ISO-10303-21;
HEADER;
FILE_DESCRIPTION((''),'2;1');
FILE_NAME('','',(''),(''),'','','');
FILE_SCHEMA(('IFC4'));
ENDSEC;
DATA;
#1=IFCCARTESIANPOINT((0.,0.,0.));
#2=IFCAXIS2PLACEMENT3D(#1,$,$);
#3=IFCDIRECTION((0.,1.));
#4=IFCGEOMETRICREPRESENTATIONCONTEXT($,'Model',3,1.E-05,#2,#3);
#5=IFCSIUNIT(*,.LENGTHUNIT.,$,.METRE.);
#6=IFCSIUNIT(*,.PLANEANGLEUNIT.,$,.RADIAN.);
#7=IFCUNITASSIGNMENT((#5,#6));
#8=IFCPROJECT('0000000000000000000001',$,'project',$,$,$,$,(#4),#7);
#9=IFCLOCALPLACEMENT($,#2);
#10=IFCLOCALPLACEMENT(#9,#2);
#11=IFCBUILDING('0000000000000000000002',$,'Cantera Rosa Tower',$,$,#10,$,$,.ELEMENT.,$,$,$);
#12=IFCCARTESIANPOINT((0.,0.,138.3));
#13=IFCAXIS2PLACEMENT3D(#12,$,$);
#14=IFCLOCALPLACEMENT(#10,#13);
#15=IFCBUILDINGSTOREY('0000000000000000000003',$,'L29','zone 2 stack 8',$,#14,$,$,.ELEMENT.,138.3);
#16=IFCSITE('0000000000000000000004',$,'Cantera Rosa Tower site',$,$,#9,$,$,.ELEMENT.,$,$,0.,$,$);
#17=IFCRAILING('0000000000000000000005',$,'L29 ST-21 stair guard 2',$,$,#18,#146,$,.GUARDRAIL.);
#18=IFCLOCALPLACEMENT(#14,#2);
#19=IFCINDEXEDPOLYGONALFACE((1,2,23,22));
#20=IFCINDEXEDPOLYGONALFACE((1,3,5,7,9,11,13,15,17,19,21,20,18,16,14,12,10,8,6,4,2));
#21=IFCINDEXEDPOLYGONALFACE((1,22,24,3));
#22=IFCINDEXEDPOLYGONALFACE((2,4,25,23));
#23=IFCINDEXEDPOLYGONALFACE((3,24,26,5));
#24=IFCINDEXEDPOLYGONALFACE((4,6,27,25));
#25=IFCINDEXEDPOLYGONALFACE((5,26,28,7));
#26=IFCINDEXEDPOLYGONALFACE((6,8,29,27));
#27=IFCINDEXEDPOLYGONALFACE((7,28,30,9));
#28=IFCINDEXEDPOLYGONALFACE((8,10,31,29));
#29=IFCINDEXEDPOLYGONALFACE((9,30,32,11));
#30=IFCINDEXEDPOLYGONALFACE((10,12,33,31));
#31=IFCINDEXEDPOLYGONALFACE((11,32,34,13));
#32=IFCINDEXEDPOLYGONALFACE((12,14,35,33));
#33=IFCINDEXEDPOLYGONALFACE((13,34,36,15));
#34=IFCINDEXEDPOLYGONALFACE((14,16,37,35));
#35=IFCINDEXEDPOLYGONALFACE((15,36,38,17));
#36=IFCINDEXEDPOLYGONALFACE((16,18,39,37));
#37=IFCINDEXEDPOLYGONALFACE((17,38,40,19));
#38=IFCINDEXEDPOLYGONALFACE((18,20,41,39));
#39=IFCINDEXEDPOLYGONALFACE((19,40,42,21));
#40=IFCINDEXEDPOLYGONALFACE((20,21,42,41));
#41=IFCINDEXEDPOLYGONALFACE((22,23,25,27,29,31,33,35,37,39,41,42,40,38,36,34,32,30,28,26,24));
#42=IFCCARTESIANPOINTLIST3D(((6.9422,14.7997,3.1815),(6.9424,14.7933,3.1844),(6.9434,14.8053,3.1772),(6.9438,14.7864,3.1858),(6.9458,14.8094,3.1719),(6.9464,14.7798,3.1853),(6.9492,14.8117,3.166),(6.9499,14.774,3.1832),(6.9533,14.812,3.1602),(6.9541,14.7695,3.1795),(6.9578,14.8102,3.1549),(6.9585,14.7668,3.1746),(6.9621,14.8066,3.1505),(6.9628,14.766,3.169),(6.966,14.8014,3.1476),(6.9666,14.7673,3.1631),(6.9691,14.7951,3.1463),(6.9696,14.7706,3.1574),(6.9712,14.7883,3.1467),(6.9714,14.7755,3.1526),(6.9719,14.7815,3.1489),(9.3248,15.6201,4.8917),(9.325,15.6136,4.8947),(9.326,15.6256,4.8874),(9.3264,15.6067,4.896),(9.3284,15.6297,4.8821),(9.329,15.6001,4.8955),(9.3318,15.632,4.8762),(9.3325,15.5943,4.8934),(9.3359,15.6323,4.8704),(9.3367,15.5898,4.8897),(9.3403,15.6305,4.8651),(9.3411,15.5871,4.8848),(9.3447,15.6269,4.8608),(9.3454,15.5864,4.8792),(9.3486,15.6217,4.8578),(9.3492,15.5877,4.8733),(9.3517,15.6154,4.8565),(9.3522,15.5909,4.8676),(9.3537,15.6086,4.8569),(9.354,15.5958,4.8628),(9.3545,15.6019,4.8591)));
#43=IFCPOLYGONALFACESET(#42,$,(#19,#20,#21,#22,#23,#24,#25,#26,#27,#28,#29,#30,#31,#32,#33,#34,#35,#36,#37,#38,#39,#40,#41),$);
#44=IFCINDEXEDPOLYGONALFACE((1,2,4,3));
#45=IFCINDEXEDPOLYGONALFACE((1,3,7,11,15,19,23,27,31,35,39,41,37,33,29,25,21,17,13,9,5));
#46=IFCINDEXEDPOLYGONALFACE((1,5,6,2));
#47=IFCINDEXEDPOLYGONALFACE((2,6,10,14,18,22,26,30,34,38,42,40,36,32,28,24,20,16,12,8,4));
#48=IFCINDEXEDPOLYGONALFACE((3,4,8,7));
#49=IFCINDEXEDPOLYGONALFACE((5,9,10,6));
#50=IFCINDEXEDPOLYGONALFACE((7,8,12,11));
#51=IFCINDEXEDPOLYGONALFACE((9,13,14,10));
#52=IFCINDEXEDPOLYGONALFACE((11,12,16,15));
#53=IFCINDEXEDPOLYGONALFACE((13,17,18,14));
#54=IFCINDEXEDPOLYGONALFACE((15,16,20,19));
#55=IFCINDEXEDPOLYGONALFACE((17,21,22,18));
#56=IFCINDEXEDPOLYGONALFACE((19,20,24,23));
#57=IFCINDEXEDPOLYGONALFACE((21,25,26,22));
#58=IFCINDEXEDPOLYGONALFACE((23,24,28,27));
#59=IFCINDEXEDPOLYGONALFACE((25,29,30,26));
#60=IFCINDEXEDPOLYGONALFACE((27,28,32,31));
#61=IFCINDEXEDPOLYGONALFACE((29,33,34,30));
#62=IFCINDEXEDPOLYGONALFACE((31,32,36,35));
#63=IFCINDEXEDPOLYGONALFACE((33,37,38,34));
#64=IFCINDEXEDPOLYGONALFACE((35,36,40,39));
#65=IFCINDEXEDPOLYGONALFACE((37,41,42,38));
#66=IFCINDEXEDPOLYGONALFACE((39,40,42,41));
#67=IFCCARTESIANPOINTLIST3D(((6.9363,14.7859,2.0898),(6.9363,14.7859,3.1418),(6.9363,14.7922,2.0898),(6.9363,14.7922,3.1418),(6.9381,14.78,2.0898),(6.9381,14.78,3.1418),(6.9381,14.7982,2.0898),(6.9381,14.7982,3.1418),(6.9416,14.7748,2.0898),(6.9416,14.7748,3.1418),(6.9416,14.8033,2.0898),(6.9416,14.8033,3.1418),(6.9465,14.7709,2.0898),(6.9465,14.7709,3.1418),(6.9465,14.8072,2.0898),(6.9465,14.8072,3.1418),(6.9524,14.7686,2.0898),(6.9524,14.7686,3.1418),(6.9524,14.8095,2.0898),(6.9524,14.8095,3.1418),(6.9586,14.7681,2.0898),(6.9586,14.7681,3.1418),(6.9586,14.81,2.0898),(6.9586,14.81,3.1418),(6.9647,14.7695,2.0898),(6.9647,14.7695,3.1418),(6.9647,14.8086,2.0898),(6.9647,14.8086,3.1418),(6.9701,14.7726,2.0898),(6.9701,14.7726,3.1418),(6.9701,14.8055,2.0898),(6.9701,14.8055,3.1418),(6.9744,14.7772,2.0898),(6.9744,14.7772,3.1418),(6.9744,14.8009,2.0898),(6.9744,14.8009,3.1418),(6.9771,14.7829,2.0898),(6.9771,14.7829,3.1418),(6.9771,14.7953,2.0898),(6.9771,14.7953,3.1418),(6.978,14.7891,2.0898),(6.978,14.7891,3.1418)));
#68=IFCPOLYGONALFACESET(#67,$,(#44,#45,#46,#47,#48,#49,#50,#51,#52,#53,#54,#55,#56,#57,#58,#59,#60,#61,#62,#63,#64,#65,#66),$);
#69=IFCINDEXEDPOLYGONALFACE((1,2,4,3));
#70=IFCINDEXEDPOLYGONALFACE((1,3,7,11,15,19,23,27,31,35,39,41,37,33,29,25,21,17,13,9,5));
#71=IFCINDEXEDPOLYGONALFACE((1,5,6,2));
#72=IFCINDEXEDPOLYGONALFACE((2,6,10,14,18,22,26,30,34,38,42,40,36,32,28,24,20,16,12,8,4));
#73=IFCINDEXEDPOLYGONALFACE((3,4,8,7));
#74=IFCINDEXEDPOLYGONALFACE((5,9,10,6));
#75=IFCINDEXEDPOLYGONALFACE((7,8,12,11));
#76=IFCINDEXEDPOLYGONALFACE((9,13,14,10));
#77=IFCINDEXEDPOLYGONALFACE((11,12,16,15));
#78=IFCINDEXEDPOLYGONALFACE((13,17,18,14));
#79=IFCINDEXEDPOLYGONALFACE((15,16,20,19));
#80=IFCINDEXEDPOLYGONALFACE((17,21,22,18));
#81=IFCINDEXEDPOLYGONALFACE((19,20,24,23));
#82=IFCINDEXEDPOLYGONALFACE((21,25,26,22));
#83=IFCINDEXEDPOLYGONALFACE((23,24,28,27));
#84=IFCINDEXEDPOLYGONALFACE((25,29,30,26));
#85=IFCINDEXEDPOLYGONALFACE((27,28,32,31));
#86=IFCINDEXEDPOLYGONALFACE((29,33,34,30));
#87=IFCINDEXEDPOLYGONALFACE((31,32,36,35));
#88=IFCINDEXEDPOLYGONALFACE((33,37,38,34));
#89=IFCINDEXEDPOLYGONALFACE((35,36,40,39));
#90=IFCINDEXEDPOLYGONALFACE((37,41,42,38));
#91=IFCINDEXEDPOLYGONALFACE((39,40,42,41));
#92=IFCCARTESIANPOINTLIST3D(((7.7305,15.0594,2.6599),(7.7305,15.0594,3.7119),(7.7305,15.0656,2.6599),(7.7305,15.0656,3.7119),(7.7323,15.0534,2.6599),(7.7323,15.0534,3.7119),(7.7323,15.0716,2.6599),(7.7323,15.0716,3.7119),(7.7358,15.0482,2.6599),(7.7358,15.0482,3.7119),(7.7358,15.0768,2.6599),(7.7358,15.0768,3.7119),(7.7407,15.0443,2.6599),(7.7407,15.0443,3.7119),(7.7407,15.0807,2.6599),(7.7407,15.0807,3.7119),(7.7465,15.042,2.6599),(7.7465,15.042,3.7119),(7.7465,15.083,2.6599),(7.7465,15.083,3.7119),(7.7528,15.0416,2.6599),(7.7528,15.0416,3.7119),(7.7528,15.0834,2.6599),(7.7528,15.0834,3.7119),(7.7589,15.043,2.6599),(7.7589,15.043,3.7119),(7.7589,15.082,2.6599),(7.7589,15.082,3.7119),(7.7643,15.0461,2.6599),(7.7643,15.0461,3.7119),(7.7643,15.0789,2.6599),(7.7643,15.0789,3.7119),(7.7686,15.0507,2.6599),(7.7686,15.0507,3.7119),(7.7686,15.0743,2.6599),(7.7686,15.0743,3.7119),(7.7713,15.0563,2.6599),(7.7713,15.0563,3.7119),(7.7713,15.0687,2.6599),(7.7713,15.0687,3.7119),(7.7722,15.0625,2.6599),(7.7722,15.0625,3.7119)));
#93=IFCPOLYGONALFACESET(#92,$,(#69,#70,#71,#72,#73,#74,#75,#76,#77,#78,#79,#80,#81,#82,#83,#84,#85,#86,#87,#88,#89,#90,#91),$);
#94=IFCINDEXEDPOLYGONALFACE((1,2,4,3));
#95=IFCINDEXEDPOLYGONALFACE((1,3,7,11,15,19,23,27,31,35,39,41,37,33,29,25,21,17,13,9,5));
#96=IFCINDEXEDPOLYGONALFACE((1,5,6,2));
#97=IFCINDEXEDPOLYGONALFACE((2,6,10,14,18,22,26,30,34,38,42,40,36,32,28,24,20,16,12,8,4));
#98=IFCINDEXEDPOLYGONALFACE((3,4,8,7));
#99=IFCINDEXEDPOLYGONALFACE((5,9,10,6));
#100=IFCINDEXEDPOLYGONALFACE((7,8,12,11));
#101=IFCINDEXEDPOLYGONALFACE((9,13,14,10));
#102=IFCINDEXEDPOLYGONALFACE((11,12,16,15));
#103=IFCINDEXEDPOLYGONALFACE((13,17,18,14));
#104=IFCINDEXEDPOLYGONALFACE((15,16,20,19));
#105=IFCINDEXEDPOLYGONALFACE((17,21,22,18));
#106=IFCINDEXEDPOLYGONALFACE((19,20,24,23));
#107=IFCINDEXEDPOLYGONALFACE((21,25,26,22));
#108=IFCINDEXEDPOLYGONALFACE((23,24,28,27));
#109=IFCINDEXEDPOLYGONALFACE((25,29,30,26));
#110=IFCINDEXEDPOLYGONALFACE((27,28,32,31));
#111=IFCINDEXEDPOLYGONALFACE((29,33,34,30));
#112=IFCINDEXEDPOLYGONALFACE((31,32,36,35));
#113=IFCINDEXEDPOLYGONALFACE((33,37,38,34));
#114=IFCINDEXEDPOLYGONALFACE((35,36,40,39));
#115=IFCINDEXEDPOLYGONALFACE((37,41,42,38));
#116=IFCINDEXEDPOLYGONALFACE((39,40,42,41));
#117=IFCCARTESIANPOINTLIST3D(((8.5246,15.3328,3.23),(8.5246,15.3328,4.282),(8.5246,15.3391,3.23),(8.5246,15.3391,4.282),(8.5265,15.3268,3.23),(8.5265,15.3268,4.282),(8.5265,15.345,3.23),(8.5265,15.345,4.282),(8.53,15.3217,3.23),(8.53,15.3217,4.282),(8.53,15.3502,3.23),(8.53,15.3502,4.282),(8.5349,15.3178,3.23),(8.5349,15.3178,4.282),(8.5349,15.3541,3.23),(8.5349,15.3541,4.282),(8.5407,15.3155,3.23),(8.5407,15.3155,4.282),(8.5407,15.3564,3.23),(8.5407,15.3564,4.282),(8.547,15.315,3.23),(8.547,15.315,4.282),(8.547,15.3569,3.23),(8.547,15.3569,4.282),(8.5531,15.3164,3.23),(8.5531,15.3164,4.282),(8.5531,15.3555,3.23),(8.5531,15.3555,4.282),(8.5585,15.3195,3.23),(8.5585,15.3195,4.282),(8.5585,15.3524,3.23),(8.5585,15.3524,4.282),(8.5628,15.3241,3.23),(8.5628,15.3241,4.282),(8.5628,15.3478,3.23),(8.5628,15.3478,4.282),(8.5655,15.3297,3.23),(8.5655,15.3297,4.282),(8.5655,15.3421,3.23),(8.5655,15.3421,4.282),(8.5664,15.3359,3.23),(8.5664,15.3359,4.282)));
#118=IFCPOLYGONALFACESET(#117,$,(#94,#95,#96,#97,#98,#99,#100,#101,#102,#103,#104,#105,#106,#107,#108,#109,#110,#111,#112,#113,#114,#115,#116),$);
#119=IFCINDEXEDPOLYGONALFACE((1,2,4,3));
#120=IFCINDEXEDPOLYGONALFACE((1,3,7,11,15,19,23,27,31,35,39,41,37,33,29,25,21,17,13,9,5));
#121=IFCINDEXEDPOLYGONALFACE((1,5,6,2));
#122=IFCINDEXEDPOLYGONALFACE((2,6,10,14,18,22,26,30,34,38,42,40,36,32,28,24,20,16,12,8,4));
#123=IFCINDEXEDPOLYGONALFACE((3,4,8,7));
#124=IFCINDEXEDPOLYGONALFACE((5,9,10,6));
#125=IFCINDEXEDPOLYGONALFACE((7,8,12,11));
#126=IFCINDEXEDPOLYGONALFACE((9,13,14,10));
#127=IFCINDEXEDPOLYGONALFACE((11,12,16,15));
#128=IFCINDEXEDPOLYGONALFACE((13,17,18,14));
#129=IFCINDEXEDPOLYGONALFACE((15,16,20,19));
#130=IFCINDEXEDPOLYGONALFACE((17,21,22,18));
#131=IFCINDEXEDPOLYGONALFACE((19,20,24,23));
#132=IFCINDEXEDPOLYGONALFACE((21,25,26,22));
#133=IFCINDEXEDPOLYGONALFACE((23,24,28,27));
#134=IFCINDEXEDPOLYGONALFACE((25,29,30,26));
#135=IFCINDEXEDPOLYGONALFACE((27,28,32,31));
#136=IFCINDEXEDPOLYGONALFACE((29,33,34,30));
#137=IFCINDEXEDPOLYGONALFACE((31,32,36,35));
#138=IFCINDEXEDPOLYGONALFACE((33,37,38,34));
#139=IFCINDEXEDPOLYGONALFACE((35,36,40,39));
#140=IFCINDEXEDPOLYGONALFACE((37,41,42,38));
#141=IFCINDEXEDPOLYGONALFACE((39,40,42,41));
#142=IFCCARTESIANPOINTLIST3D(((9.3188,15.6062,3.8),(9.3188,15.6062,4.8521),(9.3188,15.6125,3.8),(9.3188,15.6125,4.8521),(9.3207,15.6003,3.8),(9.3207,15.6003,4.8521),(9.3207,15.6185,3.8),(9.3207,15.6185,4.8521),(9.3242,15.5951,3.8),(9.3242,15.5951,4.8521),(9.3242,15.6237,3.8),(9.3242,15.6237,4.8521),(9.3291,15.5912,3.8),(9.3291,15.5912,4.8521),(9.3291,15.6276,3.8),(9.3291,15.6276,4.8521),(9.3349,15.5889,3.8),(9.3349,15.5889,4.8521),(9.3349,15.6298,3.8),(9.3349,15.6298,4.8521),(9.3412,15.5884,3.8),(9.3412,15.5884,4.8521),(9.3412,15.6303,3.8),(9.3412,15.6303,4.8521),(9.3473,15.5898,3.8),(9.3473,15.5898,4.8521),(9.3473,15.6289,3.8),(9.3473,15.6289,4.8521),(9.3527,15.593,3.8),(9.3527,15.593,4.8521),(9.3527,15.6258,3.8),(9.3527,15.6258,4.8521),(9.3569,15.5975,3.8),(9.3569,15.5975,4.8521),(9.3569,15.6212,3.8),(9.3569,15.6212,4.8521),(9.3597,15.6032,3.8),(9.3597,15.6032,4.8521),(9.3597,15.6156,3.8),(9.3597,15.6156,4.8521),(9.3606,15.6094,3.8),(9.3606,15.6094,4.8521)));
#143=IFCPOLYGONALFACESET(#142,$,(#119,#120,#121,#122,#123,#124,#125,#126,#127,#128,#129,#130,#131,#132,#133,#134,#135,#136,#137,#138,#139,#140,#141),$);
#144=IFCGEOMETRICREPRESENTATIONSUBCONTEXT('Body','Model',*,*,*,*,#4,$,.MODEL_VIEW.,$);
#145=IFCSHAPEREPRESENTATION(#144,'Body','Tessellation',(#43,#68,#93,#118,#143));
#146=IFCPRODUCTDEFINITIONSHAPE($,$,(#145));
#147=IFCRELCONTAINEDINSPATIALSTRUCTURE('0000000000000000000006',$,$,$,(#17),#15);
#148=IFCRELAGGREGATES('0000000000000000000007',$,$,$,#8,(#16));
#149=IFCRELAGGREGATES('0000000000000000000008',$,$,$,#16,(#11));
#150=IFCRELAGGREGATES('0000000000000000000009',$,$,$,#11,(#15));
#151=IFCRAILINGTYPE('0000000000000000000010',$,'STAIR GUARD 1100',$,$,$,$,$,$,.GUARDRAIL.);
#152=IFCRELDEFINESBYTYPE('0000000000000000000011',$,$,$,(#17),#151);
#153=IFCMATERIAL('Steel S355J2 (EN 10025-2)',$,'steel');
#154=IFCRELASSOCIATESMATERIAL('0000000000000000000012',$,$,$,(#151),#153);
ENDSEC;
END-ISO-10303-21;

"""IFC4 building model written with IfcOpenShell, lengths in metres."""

from ifc_helpers import new_model, si_unit, direction, frame, origin, origin_2d, place, context, subcontext, project, spatial, circle, extrude, material, type_object, element, save


model = new_model("IFC4")

# Units and contexts
model_context = context("Model", 3, precision=1e-05, world=origin(), true_north=direction((0.0, 1.0)))
body_context = subcontext(model_context, "Body", "Model", "MODEL_VIEW")
ifc_project = project(units=[si_unit("LENGTHUNIT", "METRE"), si_unit("PLANEANGLEUNIT", "RADIAN")], contexts=[model_context])

# Site, building, storey
site_placement = place(None, origin())
site = spatial("IfcSite", under=ifc_project, at=site_placement, Name="Cantera Rosa Tower site", CompositionType="ELEMENT", RefElevation=0.0)
building_placement = place(site_placement, origin())
building = spatial("IfcBuilding", under=site, at=building_placement, Name="Cantera Rosa Tower", CompositionType="ELEMENT")
storey_placement = place(building_placement, frame((0.0, 0.0, 138.3)))
storey = spatial("IfcBuildingStorey", under=building, at=storey_placement, Name="L29", Description="zone 2 stack 8", CompositionType="ELEMENT", Elevation=138.3)

# Railing
ifc_material_1 = material(Name="Steel S355J2 (EN 10025-2)", Category="steel")
railing_type_1 = type_object("IfcRailingType", Name="STAIR GUARD 1100", PredefinedType="GUARDRAIL", material=ifc_material_1)
railing_1_placement = place(storey_placement, frame((6.957, 14.7891, 2.0898)))
element("IfcRailing", 1, at=railing_1_placement, inside=storey, type_object=railing_type_1, Name="L29 ST-21 stair guard 2", PredefinedType="GUARDRAIL", context=body_context, shape_type="SweptSolid", body=[
    extrude(circle(Radius=0.0239, at=origin_2d()), frame((0.0, 0.0, 1.0762), z_axis=(0.782355, 0.269363, 0.561573), x_axis=(-0.325543, 0.945527, 0.0)), (0.0, 0.0, 1.0), 3.0454),
    extrude(circle(Radius=0.021, at=origin_2d()), origin(), (0.0, 0.0, 1.0), 1.052),
    extrude(circle(Radius=0.021, at=origin_2d()), frame((0.7942, 0.2734, 0.5701)), (0.0, 0.0, 1.0), 1.052),
    extrude(circle(Radius=0.021, at=origin_2d()), frame((1.5884, 0.5469, 1.1401)), (0.0, 0.0, 1.0), 1.052),
    extrude(circle(Radius=0.021, at=origin_2d()), frame((2.3826, 0.8203, 1.7102)), (0.0, 0.0, 1.0), 1.052),
])

save(model, "model.ifc")
